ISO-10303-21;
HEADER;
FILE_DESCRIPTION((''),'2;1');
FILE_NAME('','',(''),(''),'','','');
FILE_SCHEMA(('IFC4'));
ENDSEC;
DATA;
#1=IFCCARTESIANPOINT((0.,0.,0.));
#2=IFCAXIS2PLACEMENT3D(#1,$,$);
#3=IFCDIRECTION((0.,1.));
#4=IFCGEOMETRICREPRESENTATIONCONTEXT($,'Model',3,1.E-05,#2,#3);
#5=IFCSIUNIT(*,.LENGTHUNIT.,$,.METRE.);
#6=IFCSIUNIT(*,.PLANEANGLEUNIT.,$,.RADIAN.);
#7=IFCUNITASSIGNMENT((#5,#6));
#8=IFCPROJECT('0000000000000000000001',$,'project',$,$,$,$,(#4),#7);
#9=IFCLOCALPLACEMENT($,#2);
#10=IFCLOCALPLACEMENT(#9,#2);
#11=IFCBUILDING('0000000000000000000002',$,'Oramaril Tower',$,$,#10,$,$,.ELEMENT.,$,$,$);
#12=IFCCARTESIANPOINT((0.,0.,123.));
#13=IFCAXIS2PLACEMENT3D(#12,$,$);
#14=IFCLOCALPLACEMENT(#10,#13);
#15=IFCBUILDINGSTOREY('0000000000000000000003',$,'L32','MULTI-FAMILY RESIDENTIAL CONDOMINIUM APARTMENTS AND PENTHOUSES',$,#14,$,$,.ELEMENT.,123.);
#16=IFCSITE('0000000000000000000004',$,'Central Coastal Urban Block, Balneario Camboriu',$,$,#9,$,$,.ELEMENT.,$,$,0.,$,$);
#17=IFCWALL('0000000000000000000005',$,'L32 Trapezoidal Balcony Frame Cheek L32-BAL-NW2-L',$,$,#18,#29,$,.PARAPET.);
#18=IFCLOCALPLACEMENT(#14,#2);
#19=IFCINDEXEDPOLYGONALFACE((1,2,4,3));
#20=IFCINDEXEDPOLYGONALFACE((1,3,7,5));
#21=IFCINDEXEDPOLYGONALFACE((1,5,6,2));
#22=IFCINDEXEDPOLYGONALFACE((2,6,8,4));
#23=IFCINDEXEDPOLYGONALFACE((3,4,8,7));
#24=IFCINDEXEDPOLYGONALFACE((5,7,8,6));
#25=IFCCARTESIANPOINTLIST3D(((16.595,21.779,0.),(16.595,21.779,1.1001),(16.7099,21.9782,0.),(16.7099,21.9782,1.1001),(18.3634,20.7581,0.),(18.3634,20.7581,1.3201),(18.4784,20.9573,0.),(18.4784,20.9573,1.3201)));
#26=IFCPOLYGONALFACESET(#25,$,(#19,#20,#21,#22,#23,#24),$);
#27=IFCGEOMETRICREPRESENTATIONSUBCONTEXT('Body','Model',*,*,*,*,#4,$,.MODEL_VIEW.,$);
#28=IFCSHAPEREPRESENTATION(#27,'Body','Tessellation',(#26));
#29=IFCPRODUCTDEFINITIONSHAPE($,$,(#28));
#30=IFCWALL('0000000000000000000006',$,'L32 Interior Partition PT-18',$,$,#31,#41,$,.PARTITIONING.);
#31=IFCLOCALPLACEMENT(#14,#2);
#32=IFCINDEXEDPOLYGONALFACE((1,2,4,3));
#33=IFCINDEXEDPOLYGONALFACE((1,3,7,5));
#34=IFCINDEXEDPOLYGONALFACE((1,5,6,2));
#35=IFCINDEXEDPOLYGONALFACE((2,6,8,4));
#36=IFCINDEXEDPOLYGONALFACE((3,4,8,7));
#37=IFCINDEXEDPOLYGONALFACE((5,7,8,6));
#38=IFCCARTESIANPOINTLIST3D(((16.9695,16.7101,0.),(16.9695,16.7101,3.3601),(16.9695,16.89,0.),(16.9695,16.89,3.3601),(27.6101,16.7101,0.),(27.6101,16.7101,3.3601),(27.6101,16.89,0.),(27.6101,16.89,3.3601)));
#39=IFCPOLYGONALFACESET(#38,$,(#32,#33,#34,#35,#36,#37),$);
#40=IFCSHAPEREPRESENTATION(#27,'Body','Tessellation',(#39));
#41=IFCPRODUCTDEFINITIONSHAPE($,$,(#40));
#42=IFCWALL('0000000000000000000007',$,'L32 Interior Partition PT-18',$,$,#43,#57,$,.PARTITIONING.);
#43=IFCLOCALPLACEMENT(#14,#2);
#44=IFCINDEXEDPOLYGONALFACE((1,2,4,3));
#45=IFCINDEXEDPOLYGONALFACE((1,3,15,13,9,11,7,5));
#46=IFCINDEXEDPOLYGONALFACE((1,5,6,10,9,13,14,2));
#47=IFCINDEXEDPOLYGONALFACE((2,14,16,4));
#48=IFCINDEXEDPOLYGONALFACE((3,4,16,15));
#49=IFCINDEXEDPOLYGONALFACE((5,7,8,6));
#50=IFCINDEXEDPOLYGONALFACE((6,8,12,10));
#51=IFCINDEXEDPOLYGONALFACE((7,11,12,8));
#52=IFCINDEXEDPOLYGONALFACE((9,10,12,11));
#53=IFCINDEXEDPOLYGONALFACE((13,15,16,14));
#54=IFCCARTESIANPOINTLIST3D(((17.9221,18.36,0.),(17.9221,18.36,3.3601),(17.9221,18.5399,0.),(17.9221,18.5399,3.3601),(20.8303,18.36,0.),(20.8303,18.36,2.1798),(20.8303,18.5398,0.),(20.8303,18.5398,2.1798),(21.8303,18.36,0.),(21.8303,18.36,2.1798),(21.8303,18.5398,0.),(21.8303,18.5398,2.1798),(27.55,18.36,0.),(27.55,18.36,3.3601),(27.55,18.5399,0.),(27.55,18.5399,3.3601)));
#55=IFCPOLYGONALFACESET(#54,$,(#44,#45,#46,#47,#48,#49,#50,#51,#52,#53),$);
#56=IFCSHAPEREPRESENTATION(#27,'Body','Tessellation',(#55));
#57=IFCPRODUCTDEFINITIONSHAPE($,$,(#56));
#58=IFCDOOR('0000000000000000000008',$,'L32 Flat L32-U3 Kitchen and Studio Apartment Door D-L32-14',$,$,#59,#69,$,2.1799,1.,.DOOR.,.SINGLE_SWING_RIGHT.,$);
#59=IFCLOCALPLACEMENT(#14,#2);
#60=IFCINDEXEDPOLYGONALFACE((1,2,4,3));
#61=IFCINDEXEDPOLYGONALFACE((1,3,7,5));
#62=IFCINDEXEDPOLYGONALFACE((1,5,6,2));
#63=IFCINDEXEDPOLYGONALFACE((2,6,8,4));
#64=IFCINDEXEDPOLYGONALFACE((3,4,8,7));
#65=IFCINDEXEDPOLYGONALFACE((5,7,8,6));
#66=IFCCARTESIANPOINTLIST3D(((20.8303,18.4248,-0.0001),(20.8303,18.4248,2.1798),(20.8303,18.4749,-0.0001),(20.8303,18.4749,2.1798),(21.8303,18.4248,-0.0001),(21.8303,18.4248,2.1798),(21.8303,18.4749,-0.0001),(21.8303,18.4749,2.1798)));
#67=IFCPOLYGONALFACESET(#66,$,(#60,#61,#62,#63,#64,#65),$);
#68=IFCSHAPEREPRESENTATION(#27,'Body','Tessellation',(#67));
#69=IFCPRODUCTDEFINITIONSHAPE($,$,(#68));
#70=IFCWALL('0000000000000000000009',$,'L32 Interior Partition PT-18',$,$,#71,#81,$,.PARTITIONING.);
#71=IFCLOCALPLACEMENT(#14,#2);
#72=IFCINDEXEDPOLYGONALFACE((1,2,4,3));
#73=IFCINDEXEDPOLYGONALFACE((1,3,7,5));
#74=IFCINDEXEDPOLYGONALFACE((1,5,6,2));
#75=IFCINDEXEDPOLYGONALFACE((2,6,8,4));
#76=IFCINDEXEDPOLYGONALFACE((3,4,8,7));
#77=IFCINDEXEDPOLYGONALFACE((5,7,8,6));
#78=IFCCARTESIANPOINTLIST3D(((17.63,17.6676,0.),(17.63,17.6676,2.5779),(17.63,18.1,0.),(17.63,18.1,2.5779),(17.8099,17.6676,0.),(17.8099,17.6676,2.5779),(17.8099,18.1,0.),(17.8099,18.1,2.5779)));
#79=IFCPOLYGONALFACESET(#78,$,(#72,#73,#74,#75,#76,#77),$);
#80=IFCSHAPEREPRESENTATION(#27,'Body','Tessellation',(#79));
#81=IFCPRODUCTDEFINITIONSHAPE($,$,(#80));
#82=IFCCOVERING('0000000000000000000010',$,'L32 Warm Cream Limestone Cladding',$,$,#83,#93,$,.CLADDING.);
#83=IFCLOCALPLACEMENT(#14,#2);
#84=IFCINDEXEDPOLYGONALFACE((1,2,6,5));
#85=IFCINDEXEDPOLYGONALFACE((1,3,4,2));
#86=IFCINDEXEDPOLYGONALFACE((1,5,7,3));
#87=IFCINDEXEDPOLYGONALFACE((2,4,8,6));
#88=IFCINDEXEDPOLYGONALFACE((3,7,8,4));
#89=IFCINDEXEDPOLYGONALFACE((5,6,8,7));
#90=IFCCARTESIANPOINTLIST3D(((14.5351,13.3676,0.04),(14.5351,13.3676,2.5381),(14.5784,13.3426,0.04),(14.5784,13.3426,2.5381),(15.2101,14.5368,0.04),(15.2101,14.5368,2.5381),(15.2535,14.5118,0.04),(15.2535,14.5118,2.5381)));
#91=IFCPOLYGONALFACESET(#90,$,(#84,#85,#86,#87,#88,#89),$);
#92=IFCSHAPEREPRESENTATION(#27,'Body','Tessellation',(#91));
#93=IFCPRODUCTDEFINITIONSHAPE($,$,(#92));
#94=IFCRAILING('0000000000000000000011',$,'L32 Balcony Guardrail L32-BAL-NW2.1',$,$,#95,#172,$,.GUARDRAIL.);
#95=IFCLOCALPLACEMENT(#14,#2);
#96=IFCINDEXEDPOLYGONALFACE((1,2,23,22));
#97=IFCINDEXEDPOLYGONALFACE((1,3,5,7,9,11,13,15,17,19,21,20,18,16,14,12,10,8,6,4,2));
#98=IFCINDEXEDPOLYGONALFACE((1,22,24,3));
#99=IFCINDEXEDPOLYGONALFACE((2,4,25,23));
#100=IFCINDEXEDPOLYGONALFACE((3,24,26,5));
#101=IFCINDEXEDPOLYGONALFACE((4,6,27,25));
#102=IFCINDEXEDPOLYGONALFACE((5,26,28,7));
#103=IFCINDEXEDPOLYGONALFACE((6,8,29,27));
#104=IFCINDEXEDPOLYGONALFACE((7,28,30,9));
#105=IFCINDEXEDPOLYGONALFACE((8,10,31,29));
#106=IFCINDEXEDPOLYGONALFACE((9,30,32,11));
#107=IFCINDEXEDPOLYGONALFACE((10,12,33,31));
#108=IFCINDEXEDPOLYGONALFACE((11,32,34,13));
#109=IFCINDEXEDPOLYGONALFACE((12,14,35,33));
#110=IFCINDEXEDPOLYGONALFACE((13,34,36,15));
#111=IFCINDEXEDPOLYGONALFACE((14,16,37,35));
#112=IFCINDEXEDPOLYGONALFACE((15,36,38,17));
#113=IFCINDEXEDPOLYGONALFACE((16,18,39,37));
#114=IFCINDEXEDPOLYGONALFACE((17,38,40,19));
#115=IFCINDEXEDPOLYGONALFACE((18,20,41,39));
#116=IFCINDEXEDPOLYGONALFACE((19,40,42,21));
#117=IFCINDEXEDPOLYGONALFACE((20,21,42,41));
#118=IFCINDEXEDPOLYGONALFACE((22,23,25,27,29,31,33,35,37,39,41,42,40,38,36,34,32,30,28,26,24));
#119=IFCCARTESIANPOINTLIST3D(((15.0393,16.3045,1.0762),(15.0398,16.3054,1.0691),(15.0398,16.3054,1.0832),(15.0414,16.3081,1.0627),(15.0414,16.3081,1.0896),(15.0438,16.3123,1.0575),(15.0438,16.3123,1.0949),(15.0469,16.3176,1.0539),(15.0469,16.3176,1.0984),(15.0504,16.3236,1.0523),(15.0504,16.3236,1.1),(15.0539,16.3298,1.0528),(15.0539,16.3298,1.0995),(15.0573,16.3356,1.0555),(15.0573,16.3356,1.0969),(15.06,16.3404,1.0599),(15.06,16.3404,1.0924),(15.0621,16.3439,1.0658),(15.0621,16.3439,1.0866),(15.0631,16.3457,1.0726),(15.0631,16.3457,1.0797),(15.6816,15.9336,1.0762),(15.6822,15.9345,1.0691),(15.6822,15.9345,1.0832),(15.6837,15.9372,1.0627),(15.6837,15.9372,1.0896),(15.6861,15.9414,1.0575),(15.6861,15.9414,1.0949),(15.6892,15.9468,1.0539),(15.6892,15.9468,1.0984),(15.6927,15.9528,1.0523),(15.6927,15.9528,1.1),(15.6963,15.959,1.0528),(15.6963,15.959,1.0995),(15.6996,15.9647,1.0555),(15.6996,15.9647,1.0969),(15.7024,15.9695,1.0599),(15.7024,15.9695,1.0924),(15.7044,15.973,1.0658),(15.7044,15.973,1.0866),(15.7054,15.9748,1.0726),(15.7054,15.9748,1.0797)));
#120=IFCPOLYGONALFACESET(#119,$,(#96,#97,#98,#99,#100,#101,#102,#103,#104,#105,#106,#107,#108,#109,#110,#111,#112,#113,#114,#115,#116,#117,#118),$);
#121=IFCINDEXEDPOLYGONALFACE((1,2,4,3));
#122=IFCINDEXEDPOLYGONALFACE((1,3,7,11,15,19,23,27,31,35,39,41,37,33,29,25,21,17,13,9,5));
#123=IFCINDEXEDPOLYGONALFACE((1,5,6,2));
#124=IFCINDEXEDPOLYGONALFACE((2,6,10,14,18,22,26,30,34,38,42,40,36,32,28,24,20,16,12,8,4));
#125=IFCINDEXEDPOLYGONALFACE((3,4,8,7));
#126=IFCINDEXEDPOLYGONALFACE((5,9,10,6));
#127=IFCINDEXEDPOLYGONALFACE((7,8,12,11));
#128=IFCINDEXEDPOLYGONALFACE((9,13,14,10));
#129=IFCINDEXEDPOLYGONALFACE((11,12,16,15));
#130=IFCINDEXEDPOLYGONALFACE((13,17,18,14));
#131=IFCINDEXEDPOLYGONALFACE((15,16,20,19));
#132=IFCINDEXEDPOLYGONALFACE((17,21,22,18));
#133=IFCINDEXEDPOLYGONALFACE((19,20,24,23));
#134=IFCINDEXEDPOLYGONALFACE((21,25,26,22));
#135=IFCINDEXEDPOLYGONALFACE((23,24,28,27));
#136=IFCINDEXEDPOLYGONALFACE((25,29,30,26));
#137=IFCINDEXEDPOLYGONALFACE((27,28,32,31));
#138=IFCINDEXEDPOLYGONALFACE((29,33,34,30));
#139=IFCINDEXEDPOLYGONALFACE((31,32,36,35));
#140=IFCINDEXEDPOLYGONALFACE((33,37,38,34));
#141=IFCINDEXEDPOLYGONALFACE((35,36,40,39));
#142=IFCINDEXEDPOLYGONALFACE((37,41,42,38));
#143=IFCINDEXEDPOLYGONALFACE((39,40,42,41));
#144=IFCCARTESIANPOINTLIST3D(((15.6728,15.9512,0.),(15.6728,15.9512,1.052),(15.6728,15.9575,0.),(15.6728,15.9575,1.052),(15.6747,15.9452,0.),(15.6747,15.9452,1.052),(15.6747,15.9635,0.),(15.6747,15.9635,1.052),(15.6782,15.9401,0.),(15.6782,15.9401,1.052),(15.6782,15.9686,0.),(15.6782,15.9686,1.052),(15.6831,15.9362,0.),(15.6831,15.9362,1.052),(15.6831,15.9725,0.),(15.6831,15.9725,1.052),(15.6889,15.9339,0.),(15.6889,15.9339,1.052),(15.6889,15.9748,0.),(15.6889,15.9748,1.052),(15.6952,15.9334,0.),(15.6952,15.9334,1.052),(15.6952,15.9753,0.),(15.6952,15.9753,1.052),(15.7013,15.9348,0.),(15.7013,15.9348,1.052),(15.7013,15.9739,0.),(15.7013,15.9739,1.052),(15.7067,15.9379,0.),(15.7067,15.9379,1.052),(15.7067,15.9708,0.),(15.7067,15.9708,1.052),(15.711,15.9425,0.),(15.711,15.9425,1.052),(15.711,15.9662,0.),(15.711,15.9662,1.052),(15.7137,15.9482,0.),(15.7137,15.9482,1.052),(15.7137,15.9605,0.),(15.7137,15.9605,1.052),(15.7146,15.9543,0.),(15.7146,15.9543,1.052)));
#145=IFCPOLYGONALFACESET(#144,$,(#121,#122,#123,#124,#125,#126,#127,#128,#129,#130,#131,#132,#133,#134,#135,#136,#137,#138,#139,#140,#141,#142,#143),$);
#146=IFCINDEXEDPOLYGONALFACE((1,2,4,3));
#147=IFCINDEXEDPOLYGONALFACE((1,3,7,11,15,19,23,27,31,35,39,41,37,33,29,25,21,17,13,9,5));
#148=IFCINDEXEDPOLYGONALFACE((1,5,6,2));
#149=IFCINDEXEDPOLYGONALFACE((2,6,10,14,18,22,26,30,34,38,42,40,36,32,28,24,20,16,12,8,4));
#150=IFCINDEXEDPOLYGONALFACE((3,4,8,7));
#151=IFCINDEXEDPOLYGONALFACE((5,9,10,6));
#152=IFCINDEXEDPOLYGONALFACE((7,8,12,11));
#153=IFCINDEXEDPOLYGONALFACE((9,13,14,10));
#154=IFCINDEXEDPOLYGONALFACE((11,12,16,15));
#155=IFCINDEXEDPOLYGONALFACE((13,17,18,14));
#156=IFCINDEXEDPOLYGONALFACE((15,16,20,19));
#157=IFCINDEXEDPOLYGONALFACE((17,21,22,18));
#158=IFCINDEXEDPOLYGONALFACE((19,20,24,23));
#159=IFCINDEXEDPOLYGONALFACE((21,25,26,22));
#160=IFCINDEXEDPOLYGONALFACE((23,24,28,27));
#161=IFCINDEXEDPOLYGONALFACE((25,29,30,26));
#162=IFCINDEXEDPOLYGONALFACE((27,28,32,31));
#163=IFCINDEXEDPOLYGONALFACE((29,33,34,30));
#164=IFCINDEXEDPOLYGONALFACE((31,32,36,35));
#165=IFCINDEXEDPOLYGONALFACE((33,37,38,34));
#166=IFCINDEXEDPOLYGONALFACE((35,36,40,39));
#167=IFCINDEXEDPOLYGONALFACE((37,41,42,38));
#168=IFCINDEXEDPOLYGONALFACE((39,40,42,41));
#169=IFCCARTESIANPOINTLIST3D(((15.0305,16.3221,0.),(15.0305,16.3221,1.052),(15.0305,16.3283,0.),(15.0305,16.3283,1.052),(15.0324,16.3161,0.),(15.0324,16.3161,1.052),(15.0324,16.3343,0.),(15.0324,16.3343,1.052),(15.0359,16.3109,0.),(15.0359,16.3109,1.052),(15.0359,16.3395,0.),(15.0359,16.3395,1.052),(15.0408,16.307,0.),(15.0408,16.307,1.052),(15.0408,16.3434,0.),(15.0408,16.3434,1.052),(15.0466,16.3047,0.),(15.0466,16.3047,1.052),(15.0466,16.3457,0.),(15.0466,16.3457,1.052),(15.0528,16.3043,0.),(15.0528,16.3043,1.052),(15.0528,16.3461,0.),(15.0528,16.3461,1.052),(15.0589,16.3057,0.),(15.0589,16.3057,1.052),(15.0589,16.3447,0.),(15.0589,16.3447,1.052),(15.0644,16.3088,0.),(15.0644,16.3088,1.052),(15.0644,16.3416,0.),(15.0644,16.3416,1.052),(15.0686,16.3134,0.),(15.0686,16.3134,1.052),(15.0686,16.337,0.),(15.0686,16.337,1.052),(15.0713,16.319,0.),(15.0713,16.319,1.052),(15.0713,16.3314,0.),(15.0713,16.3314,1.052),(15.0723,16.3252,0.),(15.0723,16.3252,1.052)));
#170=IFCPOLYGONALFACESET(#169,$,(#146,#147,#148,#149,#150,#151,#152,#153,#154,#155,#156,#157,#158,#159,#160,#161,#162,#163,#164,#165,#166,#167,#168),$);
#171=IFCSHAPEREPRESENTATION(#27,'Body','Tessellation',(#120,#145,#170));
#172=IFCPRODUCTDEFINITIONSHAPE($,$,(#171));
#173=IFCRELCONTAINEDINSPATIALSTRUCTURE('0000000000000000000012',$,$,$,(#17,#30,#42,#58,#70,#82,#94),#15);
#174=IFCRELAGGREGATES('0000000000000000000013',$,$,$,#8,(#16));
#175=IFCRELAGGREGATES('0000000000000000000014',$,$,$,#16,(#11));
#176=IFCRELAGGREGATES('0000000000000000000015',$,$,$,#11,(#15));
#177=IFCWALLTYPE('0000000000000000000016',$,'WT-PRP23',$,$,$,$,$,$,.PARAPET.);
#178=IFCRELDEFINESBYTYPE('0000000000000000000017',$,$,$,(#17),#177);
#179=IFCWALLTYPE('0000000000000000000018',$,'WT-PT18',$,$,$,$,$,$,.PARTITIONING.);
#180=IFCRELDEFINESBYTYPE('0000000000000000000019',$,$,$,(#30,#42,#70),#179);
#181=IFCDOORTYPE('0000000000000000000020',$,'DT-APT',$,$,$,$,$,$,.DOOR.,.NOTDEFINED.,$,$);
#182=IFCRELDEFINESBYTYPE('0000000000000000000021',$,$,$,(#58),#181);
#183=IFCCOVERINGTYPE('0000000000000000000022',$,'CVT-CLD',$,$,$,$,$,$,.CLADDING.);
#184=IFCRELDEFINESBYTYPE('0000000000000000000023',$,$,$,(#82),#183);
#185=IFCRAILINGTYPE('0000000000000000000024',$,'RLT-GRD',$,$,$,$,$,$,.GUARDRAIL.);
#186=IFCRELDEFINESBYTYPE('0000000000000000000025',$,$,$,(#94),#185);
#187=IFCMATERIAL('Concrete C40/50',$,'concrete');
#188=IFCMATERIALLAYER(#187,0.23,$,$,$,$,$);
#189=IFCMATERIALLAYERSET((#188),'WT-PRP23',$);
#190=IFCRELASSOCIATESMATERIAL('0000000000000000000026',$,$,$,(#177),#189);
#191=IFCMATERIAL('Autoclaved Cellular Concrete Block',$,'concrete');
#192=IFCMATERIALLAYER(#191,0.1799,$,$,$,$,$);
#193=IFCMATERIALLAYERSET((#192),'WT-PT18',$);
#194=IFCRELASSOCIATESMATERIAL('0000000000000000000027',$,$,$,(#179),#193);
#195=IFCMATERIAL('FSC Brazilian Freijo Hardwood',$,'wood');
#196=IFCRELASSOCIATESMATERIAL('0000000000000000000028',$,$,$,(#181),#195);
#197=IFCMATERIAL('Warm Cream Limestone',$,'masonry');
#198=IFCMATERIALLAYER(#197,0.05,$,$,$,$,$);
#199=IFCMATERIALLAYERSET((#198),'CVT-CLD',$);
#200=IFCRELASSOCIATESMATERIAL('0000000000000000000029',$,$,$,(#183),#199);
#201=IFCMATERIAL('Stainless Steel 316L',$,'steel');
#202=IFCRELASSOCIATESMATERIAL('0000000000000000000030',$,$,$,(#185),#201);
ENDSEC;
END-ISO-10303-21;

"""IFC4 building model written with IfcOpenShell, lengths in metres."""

from ifc_helpers import new_model, si_unit, direction, frame, frame_2d, origin, origin_2d, place, context, subcontext, project, spatial, polyline, rectangle, circle, outline, extrude, material, layer, layer_set, type_object, element, fill, save


model = new_model("IFC4")

# Units and contexts
model_context = context("Model", 3, precision=1e-05, world=origin(), true_north=direction((0.0, 1.0)))
body_context = subcontext(model_context, "Body", "Model", "MODEL_VIEW")
ifc_project = project(units=[si_unit("LENGTHUNIT", "METRE"), si_unit("PLANEANGLEUNIT", "RADIAN")], contexts=[model_context])

# Site, building, storey
site_placement = place(None, origin())
site = spatial("IfcSite", under=ifc_project, at=site_placement, Name="Central Coastal Urban Block, Balneario Camboriu", CompositionType="ELEMENT", RefElevation=0.0)
building_placement = place(site_placement, origin())
building = spatial("IfcBuilding", under=site, at=building_placement, Name="Oramaril Tower", CompositionType="ELEMENT")
storey_placement = place(building_placement, frame((0.0, 0.0, 123.0)))
storey = spatial("IfcBuildingStorey", under=building, at=storey_placement, Name="L32", Description="MULTI-FAMILY RESIDENTIAL CONDOMINIUM APARTMENTS AND PENTHOUSES", CompositionType="ELEMENT", Elevation=123.0)

# Walls
ifc_material_1 = material(Name="Concrete C40/50", Category="concrete")
ifc_layer_1 = layer(ifc_material_1, 0.23)
ifc_layer_set_1 = layer_set([ifc_layer_1], Name="WT-PRP23")
wall_type_1 = type_object("IfcWallType", Name="WT-PRP23", PredefinedType="PARAPET", material=ifc_layer_set_1)
wall_1_placement = place(storey_placement, frame((18.4209, 20.8577, 0.0), z_axis=(0.0, 0.0, 1.0), x_axis=(-0.866042, 0.499971, 0.0)))
element("IfcWall", 1, at=wall_1_placement, inside=storey, type_object=wall_type_1, Name="L32 Trapezoidal Balcony Frame Cheek L32-BAL-NW2-L", PredefinedType="PARAPET", context=body_context, shape_type="SweptSolid", body=[
    extrude(outline(polyline([(0.0, 0.0), (2.042, 0.0), (2.042, 1.1001), (0.0, 1.3201), (0.0, 0.0)])), frame((0.0, 0.115, 0.0), z_axis=(0.0, -1.0, 0.0), x_axis=(1.0, 0.0, 0.0)), (0.0, 0.0, 1.0), 0.23),
])
ifc_material_2 = material(Name="Autoclaved Cellular Concrete Block", Category="concrete")
ifc_layer_2 = layer(ifc_material_2, 0.1799)
ifc_layer_set_2 = layer_set([ifc_layer_2], Name="WT-PT18")
wall_type_2 = type_object("IfcWallType", Name="WT-PT18", PredefinedType="PARTITIONING", material=ifc_layer_set_2)
wall_2_placement = place(storey_placement, frame((16.9695, 16.8, 0.0), z_axis=(0.0, 0.0, 1.0), x_axis=(1.0, 0.0, 0.0)))
element("IfcWall", 2, at=wall_2_placement, inside=storey, type_object=wall_type_2, Name="L32 Interior Partition PT-18", PredefinedType="PARTITIONING", context=body_context, shape_type="SweptSolid", body=[
    extrude(rectangle(XDim=10.6406, YDim=0.1799, at=frame_2d((5.3203, 0.0))), origin(), (0.0, 0.0, 1.0), 3.3601),
])

# Wall, opening, door
wall_3_placement = place(storey_placement, frame((17.9221, 18.45, 0.0), z_axis=(0.0, 0.0, 1.0), x_axis=(1.0, 0.0, 0.0)))
wall_3 = element("IfcWall", 3, at=wall_3_placement, inside=storey, type_object=wall_type_2, Name="L32 Interior Partition PT-18", PredefinedType="PARTITIONING", context=body_context, shape_type="SweptSolid", body=[
    extrude(rectangle(XDim=9.6279, YDim=0.1799, at=frame_2d((4.814, 0.0))), origin(), (0.0, 0.0, 1.0), 3.3601),
])
opening_placement = place(wall_3_placement, frame((2.9082, 0.0, 0.0)))
opening = element("IfcOpeningElement", 4, at=opening_placement, cuts=wall_3, PredefinedType="OPENING", context=body_context, shape_type="SweptSolid", body=[
    extrude(rectangle(XDim=1.0, YDim=2.1799, at=frame_2d((0.5, 1.0898))), frame((0.0, 0.0898, 0.0), z_axis=(0.0, -1.0, 0.0), x_axis=(1.0, 0.0, 0.0)), (0.0, 0.0, 1.0), 0.1799),
])
ifc_material_3 = material(Name="FSC Brazilian Freijo Hardwood", Category="wood")
door_type = type_object("IfcDoorType", Name="DT-APT", OperationType="NOTDEFINED", PredefinedType="DOOR", material=ifc_material_3)
door_placement = place(opening_placement, origin())
door = element("IfcDoor", 5, at=door_placement, inside=storey, type_object=door_type, Name="L32 Flat L32-U3 Kitchen and Studio Apartment Door D-L32-14", OperationType="SINGLE_SWING_RIGHT", OverallHeight=2.1799, OverallWidth=1.0, PredefinedType="DOOR", context=body_context, shape_type="SweptSolid", body=[
    extrude(rectangle(XDim=1.0, YDim=2.1799, at=frame_2d((0.5, 1.0898))), frame((0.0, 0.0249, 0.0), z_axis=(0.0, -1.0, 0.0), x_axis=(1.0, 0.0, 0.0)), (0.0, 0.0, 1.0), 0.05),
])
fill(opening, door)

# Wall
wall_4_placement = place(storey_placement, frame((17.72, 17.6675, 0.0), z_axis=(0.0, 0.0, 1.0), x_axis=(0.0, 1.0, 0.0)))
element("IfcWall", 6, at=wall_4_placement, inside=storey, type_object=wall_type_2, Name="L32 Interior Partition PT-18", PredefinedType="PARTITIONING", context=body_context, shape_type="SweptSolid", body=[
    extrude(rectangle(XDim=0.4324, YDim=0.1799, at=frame_2d((0.2163, 0.0))), origin(), (0.0, 0.0, 1.0), 2.5779),
])

# Covering
ifc_material_4 = material(Name="Warm Cream Limestone", Category="masonry")
ifc_layer_3 = layer(ifc_material_4, 0.05)
ifc_layer_set_3 = layer_set([ifc_layer_3], Name="CVT-CLD")
covering_type = type_object("IfcCoveringType", Name="CVT-CLD", PredefinedType="CLADDING", material=ifc_layer_set_3)
covering_placement = place(storey_placement, frame((14.8943, 13.9397, 0.04), z_axis=(0.0, 0.0, 1.0), x_axis=(-0.499998, -0.866026, 0.0)))
element("IfcCovering", 7, at=covering_placement, inside=storey, type_object=covering_type, Name="L32 Warm Cream Limestone Cladding", PredefinedType="CLADDING", context=body_context, shape_type="SweptSolid", body=[
    extrude(rectangle(XDim=1.3501, YDim=0.05, at=origin_2d()), origin(), (0.0, 0.0, 1.0), 2.498),
])

# Railing
ifc_material_5 = material(Name="Stainless Steel 316L", Category="steel")
railing_type = type_object("IfcRailingType", Name="RLT-GRD", PredefinedType="GUARDRAIL", material=ifc_material_5)
railing_1_placement = place(storey_placement, frame((15.6936, 15.9543, 0.0)))
element("IfcRailing", 8, at=railing_1_placement, inside=storey, type_object=railing_type, Name="L32 Balcony Guardrail L32-BAL-NW2.1", PredefinedType="GUARDRAIL", context=body_context, shape_type="SweptSolid", body=[
    extrude(circle(Radius=0.0239, at=origin_2d()), frame((0.0, 0.0, 1.0762), z_axis=(-0.866027, 0.499998, 0.0), x_axis=(-0.499998, -0.866027, 0.0)), (0.0, 0.0, 1.0), 0.7417),
    extrude(circle(Radius=0.021, at=origin_2d()), origin(), (0.0, 0.0, 1.0), 1.052),
    extrude(circle(Radius=0.021, at=origin_2d()), frame((-0.6423, 0.3708, 0.0)), (0.0, 0.0, 1.0), 1.052),
])

save(model, "model.ifc")
